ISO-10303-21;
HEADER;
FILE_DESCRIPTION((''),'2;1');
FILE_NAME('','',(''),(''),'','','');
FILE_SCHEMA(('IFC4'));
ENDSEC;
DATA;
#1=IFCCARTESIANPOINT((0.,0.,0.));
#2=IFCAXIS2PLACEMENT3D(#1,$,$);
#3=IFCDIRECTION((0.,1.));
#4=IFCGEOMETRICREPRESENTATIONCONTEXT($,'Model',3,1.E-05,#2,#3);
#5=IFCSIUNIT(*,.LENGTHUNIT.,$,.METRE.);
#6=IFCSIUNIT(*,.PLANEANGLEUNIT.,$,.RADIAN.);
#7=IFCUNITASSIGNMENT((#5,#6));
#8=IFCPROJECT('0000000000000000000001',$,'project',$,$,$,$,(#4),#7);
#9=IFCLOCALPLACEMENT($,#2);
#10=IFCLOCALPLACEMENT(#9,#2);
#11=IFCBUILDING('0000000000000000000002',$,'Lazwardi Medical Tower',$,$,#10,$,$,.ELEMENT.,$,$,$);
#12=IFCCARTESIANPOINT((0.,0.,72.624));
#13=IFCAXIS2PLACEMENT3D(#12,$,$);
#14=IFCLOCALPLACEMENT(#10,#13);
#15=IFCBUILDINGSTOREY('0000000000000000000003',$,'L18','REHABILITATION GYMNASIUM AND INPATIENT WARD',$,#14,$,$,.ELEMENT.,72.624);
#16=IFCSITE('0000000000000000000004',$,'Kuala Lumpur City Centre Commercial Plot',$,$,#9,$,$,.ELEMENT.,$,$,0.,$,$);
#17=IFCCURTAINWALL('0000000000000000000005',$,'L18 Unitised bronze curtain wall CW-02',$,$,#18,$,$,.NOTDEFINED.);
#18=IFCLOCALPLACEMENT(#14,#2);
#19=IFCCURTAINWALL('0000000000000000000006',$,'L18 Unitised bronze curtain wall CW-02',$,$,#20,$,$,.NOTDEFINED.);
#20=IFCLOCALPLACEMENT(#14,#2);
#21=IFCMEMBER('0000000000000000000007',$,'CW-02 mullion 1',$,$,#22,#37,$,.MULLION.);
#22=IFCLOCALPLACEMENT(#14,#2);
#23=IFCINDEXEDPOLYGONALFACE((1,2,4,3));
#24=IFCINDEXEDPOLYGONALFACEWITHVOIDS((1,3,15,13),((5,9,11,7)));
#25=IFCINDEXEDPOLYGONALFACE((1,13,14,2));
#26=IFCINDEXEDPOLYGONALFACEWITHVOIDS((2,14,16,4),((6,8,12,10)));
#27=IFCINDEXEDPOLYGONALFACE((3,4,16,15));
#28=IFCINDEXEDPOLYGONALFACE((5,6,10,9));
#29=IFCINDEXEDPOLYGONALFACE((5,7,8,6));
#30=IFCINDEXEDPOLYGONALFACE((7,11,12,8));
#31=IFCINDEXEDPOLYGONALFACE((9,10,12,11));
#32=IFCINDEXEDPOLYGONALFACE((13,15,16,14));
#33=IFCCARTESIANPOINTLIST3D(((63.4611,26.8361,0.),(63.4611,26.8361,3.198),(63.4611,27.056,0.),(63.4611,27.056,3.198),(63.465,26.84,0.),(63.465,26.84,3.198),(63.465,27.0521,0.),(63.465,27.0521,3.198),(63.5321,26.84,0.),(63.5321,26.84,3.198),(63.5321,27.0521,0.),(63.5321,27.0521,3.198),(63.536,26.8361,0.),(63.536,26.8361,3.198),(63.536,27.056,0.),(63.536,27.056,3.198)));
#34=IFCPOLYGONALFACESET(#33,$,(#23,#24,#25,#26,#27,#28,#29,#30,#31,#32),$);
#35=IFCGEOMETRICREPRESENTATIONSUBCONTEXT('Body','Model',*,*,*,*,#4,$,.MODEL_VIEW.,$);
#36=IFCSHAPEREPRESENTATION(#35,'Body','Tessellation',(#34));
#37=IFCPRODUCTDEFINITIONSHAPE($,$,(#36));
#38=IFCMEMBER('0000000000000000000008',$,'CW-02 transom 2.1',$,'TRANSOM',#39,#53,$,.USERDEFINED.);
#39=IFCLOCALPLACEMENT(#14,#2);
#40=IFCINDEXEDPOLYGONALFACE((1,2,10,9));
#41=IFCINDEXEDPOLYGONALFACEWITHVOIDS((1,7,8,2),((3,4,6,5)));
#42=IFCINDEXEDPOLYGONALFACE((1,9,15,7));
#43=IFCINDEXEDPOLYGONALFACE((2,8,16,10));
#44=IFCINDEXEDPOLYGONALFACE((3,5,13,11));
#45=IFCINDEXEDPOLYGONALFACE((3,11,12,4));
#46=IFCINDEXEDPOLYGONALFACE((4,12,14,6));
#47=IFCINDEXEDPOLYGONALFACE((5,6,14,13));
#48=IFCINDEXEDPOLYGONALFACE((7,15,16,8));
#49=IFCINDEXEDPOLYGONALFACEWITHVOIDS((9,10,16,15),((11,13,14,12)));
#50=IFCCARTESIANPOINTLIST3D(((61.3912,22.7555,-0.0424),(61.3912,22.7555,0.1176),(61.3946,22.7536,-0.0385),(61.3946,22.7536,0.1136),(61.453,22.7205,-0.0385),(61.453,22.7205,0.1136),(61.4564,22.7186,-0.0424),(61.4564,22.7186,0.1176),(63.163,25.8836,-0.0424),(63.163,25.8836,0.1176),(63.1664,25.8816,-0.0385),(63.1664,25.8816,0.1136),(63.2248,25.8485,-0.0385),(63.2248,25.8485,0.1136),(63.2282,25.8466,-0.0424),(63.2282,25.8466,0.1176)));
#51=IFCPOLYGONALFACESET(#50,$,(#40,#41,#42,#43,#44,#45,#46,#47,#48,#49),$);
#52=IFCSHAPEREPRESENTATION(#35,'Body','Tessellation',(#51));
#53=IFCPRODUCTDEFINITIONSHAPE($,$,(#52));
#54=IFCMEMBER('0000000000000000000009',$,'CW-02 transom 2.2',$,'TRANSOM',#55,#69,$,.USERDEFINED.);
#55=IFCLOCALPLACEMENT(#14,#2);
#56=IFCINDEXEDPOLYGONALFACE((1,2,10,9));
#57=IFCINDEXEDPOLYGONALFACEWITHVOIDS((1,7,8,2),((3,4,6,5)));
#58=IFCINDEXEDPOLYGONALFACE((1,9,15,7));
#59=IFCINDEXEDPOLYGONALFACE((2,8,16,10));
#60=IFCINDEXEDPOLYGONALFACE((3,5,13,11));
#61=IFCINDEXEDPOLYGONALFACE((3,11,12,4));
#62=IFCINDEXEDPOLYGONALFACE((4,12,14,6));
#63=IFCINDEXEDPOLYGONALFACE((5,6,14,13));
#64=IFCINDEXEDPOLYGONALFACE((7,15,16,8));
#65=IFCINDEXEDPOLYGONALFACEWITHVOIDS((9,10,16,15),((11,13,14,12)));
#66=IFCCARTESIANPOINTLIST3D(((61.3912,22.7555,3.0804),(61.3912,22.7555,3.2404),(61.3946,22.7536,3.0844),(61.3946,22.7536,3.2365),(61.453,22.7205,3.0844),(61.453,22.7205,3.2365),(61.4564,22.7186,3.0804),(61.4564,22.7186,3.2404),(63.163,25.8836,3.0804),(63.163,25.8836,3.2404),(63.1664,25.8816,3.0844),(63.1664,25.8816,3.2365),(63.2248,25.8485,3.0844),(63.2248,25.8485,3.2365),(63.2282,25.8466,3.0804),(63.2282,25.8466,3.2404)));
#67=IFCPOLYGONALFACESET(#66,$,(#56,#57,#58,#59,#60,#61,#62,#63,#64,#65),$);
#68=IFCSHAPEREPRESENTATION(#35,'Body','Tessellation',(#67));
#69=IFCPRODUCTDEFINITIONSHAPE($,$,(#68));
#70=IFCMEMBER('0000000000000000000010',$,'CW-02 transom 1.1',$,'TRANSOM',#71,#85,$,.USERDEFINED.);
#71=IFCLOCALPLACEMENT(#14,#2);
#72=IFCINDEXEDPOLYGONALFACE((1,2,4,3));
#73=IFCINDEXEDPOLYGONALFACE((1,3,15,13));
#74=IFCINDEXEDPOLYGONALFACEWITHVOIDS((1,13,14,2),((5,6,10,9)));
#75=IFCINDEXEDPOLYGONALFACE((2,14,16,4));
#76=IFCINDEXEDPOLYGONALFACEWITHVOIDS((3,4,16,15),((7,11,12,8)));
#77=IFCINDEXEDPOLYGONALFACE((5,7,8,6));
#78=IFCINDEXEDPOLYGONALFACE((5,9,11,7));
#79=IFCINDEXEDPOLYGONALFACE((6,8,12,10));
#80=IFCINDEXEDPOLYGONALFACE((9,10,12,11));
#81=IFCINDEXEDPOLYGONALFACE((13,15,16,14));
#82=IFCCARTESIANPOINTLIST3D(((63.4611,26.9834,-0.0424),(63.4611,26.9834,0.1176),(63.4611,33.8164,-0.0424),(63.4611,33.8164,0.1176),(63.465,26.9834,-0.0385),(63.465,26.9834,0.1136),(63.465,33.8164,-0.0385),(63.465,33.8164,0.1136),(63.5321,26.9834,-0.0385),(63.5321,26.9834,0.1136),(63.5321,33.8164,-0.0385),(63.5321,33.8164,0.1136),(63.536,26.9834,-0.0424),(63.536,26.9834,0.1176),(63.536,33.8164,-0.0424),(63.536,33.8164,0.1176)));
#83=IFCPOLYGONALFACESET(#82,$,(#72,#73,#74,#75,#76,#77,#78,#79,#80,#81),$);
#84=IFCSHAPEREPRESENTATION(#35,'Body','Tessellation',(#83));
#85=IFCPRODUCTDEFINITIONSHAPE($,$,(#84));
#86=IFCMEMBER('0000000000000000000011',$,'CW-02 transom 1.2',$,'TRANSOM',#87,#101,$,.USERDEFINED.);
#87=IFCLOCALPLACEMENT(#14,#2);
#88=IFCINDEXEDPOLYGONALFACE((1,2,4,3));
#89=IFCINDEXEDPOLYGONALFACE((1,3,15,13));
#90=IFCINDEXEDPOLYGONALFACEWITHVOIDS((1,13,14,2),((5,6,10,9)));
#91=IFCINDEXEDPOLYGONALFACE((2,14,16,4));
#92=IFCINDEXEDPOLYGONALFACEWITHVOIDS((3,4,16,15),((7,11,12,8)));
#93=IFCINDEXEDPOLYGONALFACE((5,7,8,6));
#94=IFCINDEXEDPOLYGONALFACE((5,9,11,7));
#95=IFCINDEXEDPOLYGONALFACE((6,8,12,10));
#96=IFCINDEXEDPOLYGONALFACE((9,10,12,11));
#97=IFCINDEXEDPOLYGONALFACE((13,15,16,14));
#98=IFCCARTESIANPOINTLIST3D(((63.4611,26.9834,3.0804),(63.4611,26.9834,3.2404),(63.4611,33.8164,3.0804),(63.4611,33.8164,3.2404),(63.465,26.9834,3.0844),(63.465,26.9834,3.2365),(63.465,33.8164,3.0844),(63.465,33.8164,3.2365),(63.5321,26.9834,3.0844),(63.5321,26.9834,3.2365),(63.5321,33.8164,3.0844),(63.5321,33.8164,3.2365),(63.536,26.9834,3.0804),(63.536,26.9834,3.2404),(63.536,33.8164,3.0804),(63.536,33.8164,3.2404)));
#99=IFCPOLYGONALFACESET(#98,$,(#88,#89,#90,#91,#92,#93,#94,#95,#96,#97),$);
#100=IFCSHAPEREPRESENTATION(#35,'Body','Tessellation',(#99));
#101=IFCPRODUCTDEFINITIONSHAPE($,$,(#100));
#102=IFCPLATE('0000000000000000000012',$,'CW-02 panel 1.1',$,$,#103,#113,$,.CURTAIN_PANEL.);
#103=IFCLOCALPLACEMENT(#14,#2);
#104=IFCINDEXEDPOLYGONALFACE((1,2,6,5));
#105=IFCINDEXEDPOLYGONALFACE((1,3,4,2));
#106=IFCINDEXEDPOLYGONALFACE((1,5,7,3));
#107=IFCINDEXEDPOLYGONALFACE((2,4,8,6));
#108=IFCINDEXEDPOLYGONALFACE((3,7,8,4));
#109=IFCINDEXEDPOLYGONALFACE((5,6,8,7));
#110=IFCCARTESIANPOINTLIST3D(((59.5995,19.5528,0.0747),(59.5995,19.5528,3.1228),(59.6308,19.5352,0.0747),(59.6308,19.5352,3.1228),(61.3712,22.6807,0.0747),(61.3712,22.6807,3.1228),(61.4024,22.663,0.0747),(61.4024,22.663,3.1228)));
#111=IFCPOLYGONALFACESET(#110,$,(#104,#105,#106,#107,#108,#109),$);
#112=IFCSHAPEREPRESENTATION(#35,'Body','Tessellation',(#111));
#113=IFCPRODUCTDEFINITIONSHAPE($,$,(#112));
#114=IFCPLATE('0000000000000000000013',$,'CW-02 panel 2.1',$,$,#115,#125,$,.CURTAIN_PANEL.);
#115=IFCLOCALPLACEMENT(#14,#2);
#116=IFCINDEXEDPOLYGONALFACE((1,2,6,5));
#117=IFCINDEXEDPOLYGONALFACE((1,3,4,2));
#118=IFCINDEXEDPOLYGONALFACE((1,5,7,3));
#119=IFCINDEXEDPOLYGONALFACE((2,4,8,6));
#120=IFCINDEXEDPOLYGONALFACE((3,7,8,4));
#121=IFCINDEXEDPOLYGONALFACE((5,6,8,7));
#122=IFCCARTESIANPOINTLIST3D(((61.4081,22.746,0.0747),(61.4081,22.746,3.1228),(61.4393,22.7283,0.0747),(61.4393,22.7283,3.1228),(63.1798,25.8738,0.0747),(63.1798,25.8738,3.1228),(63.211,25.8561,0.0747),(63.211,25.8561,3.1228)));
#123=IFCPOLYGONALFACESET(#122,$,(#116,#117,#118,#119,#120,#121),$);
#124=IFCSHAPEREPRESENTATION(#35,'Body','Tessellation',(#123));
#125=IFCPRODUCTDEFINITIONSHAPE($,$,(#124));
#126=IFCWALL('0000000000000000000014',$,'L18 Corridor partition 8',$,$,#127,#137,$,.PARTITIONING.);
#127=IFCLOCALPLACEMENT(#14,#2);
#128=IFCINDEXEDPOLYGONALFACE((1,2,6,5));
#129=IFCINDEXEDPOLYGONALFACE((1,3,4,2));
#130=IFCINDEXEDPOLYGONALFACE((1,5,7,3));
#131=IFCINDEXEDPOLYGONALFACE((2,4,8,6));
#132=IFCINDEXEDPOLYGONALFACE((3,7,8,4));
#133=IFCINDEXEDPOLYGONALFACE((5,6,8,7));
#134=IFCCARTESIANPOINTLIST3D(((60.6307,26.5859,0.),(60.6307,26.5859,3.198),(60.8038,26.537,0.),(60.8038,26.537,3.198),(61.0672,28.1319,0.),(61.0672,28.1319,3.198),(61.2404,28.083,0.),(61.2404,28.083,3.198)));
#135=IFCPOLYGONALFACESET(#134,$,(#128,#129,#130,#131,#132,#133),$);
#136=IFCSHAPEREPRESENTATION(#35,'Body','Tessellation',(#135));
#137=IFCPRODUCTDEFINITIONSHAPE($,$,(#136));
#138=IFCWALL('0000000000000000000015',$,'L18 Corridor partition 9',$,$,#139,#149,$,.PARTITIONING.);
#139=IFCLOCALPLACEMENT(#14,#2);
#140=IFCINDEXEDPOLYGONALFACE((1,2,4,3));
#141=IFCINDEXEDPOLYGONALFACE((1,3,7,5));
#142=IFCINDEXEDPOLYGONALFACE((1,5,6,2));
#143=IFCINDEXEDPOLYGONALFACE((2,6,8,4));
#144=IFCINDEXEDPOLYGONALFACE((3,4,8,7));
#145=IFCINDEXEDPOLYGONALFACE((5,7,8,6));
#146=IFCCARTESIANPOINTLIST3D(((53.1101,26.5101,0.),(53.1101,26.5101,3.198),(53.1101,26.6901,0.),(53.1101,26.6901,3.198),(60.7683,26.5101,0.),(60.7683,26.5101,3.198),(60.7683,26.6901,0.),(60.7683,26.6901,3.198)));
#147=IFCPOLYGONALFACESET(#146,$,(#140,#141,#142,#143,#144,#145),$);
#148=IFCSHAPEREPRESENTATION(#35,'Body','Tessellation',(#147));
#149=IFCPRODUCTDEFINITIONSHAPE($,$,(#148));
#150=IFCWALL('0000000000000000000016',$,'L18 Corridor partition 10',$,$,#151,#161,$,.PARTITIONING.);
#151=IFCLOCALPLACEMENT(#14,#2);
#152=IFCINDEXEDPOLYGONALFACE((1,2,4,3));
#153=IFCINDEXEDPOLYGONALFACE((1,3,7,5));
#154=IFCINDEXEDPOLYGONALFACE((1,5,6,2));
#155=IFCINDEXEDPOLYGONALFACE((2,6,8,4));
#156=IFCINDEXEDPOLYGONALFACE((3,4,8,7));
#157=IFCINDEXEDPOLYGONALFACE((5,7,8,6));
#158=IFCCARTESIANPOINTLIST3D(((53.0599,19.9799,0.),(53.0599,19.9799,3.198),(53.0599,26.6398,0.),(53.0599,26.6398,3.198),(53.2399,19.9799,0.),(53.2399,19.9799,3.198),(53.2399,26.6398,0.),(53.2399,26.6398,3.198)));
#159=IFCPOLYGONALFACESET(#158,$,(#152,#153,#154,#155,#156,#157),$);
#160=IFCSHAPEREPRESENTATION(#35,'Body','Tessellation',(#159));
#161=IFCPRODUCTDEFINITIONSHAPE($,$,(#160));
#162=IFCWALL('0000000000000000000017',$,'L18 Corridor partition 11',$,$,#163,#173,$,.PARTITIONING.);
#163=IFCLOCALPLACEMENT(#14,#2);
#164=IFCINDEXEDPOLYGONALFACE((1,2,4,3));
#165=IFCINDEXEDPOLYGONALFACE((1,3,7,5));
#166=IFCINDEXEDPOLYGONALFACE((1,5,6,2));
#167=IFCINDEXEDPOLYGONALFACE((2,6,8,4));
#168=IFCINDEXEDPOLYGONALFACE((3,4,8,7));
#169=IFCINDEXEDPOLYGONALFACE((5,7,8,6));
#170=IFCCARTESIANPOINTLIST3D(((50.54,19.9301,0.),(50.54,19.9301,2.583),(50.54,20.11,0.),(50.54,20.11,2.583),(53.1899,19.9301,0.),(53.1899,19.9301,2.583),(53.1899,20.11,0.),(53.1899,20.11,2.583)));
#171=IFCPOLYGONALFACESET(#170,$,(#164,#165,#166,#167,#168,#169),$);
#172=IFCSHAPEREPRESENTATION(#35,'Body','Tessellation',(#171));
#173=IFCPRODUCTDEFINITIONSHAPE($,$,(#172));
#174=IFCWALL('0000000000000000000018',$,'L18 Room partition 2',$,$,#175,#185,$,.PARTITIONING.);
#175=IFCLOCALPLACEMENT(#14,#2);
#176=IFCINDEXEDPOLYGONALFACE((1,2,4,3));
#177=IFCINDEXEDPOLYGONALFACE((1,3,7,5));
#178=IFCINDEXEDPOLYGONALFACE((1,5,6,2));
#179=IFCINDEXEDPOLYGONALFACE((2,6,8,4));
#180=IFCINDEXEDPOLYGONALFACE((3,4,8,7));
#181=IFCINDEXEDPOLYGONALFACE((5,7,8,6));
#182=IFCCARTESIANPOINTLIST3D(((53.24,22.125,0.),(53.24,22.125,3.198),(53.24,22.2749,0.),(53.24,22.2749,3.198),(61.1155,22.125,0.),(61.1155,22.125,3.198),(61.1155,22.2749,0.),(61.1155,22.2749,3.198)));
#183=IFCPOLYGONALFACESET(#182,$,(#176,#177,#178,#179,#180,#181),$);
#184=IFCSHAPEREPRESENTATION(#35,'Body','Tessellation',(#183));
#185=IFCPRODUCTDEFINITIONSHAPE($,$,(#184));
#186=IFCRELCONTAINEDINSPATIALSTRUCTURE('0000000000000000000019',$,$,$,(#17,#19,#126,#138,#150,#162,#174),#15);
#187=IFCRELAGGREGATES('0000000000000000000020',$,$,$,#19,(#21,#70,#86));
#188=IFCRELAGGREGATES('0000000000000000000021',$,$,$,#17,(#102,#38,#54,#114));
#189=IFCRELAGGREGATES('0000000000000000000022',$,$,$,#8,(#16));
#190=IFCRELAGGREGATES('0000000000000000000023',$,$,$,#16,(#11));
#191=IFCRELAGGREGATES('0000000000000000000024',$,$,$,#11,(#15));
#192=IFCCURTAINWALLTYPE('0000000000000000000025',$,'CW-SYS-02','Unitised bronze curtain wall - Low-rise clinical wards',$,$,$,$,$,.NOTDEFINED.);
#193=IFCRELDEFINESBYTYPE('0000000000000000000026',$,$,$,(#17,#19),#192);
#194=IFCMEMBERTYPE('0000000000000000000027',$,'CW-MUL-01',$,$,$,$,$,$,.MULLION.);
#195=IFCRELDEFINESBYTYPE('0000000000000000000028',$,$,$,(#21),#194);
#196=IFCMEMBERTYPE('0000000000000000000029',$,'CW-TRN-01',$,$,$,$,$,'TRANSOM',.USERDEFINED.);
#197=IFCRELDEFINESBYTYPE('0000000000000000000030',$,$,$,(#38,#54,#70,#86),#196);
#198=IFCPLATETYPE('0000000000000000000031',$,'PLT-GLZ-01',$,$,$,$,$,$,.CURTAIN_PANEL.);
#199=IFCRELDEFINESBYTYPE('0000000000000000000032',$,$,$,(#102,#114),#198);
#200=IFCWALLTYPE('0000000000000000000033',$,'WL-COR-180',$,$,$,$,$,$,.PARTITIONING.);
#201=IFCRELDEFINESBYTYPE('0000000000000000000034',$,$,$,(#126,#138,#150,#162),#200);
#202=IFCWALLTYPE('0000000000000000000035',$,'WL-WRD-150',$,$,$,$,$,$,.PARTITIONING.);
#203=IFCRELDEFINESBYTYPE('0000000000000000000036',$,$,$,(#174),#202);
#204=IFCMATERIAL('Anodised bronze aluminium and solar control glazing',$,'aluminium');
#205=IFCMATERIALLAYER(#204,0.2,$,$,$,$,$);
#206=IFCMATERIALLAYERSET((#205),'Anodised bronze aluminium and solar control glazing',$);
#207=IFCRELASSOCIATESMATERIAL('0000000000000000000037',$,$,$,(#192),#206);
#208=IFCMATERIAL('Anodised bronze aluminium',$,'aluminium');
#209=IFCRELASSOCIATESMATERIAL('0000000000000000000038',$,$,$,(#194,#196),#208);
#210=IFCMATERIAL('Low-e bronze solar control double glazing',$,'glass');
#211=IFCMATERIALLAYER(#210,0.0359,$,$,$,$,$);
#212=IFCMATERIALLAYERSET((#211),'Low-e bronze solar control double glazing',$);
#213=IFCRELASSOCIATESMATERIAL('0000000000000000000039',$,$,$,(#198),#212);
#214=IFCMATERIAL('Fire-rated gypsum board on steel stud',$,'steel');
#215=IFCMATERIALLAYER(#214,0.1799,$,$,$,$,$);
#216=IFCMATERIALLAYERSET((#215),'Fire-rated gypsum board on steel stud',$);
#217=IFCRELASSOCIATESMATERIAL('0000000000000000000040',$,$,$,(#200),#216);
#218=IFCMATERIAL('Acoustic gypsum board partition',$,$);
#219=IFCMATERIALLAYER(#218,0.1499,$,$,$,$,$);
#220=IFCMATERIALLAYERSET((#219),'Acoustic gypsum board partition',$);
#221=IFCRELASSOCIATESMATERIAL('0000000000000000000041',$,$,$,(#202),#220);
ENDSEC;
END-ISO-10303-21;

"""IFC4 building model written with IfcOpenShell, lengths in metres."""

from ifc_helpers import new_model, si_unit, direction, frame, frame_2d, origin, origin_2d, place, context, subcontext, project, spatial, rectangle, hollow_rectangle, extrude, material, layer, layer_set, material_profile, profile_set, type_object, element, aggregate, save


model = new_model("IFC4")

# Units and contexts
model_context = context("Model", 3, precision=1e-05, world=origin(), true_north=direction((0.0, 1.0)))
body_context = subcontext(model_context, "Body", "Model", "MODEL_VIEW")
ifc_project = project(units=[si_unit("LENGTHUNIT", "METRE"), si_unit("PLANEANGLEUNIT", "RADIAN")], contexts=[model_context])

# Site, building, storey
site_placement = place(None, origin())
site = spatial("IfcSite", under=ifc_project, at=site_placement, Name="Kuala Lumpur City Centre Commercial Plot", CompositionType="ELEMENT", RefElevation=0.0)
building_placement = place(site_placement, origin())
building = spatial("IfcBuilding", under=site, at=building_placement, Name="Lazwardi Medical Tower", CompositionType="ELEMENT")
storey_placement = place(building_placement, frame((0.0, 0.0, 72.624)))
storey = spatial("IfcBuildingStorey", under=building, at=storey_placement, Name="L18", Description="REHABILITATION GYMNASIUM AND INPATIENT WARD", CompositionType="ELEMENT", Elevation=72.624)

# Curtain wall
ifc_material_1 = material(Name="Anodised bronze aluminium and solar control glazing", Category="aluminium")
ifc_layer_1 = layer(ifc_material_1, 0.2)
ifc_layer_set_1 = layer_set([ifc_layer_1], Name="Anodised bronze aluminium and solar control glazing")
curtain_wall_type = type_object("IfcCurtainWallType", Name="CW-SYS-02", Description="Unitised bronze curtain wall - Low-rise clinical wards", PredefinedType="NOTDEFINED", material=ifc_layer_set_1)
curtain_wall_1_placement = place(storey_placement, origin())
curtain_wall_1 = element("IfcCurtainWall", 1, at=curtain_wall_1_placement, inside=storey, type_object=curtain_wall_type, Name="L18 Unitised bronze curtain wall CW-02", PredefinedType="NOTDEFINED")
ifc_material_2 = material(Name="Anodised bronze aluminium", Category="aluminium")
ifc_material_profile_1 = material_profile(ifc_material_2, hollow_rectangle(XDim=0.075, YDim=0.22, WallThickness=0.0039, at=origin_2d()), Name="ALU-MULLION 220x75x4")
ifc_profile_set_1 = profile_set([ifc_material_profile_1], Name="Anodised bronze aluminium")
member_type_1 = type_object("IfcMemberType", Name="CW-MUL-01", PredefinedType="MULLION", material=ifc_profile_set_1)

# Curtain wall, member
curtain_wall_2_placement = place(storey_placement, origin())
curtain_wall_2 = element("IfcCurtainWall", 2, at=curtain_wall_2_placement, inside=storey, type_object=curtain_wall_type, Name="L18 Unitised bronze curtain wall CW-02", PredefinedType="NOTDEFINED")
member_1_placement = place(storey_placement, frame((63.4985, 26.946, 0.0), z_axis=(0.0, 0.0, 1.0), x_axis=(-1.0, 0.0, 0.0)))
member_1 = element("IfcMember", 3, at=member_1_placement, type_object=member_type_1, Name="CW-02 mullion 1", PredefinedType="MULLION", context=body_context, shape_type="SweptSolid", body=[
    extrude(hollow_rectangle(XDim=0.075, YDim=0.22, WallThickness=0.0039, at=origin_2d()), origin(), (0.0, 0.0, 1.0), 3.198),
])

# Members
ifc_material_profile_2 = material_profile(ifc_material_2, hollow_rectangle(XDim=0.075, YDim=0.1599, WallThickness=0.0039, at=origin_2d()), Name="ALU-TRANSOM 160x75x4")
ifc_profile_set_2 = profile_set([ifc_material_profile_2], Name="Anodised bronze aluminium")
member_type_2 = type_object("IfcMemberType", Name="CW-TRN-01", ElementType="TRANSOM", PredefinedType="USERDEFINED", material=ifc_profile_set_2)
member_2_placement = place(storey_placement, frame((61.4238, 22.7371, 0.0376), z_axis=(0.492851, 0.870113, 0.0), x_axis=(-0.870113, 0.492851, 0.0)))
member_2 = element("IfcMember", 4, at=member_2_placement, type_object=member_type_2, Name="CW-02 transom 2.1", ObjectType="TRANSOM", PredefinedType="USERDEFINED", context=body_context, shape_type="SweptSolid", body=[
    extrude(hollow_rectangle(XDim=0.075, YDim=0.1599, WallThickness=0.0039, at=origin_2d()), origin(), (0.0, 0.0, 1.0), 3.595),
])
member_3_placement = place(storey_placement, frame((61.4238, 22.7371, 3.1604), z_axis=(0.492851, 0.870113, 0.0), x_axis=(-0.870113, 0.492851, 0.0)))
member_3 = element("IfcMember", 5, at=member_3_placement, type_object=member_type_2, Name="CW-02 transom 2.2", ObjectType="TRANSOM", PredefinedType="USERDEFINED", context=body_context, shape_type="SweptSolid", body=[
    extrude(hollow_rectangle(XDim=0.075, YDim=0.1599, WallThickness=0.0039, at=origin_2d()), origin(), (0.0, 0.0, 1.0), 3.595),
])
member_4_placement = place(storey_placement, frame((63.4985, 26.9834, 0.0376), z_axis=(0.0, 1.0, 0.0), x_axis=(-1.0, 0.0, 0.0)))
member_4 = element("IfcMember", 6, at=member_4_placement, type_object=member_type_2, Name="CW-02 transom 1.1", ObjectType="TRANSOM", PredefinedType="USERDEFINED", context=body_context, shape_type="SweptSolid", body=[
    extrude(hollow_rectangle(XDim=0.075, YDim=0.1599, WallThickness=0.0039, at=origin_2d()), origin(), (0.0, 0.0, 1.0), 6.833),
])
member_5_placement = place(storey_placement, frame((63.4985, 26.9834, 3.1604), z_axis=(0.0, 1.0, 0.0), x_axis=(-1.0, 0.0, 0.0)))
member_5 = element("IfcMember", 7, at=member_5_placement, type_object=member_type_2, Name="CW-02 transom 1.2", ObjectType="TRANSOM", PredefinedType="USERDEFINED", context=body_context, shape_type="SweptSolid", body=[
    extrude(hollow_rectangle(XDim=0.075, YDim=0.1599, WallThickness=0.0039, at=origin_2d()), origin(), (0.0, 0.0, 1.0), 6.833),
])
aggregate(curtain_wall_2, [member_1, member_4, member_5])

# Plates
ifc_material_3 = material(Name="Low-e bronze solar control double glazing", Category="glass")
ifc_layer_2 = layer(ifc_material_3, 0.0359)
ifc_layer_set_2 = layer_set([ifc_layer_2], Name="Low-e bronze solar control double glazing")
plate_type = type_object("IfcPlateType", Name="PLT-GLZ-01", PredefinedType="CURTAIN_PANEL", material=ifc_layer_set_2)
plate_1_placement = place(storey_placement, frame((60.501, 21.1079, 0.0747), z_axis=(0.0, 0.0, 1.0), x_axis=(0.492854, 0.870112, 0.0)))
plate_1 = element("IfcPlate", 8, at=plate_1_placement, type_object=plate_type, Name="CW-02 panel 1.1", PredefinedType="CURTAIN_PANEL", context=body_context, shape_type="SweptSolid", body=[
    extrude(rectangle(XDim=3.5947, YDim=0.0359, at=origin_2d()), origin(), (0.0, 0.0, 1.0), 3.0481),
])
plate_2_placement = place(storey_placement, frame((62.3096, 24.301, 0.0747), z_axis=(0.0, 0.0, 1.0), x_axis=(0.492854, 0.870112, 0.0)))
plate_2 = element("IfcPlate", 9, at=plate_2_placement, type_object=plate_type, Name="CW-02 panel 2.1", PredefinedType="CURTAIN_PANEL", context=body_context, shape_type="SweptSolid", body=[
    extrude(rectangle(XDim=3.5947, YDim=0.0359, at=origin_2d()), origin(), (0.0, 0.0, 1.0), 3.0481),
])
aggregate(curtain_wall_1, [plate_1, member_2, member_3, plate_2])

# Walls
ifc_material_4 = material(Name="Fire-rated gypsum board on steel stud", Category="steel")
ifc_layer_3 = layer(ifc_material_4, 0.1799)
ifc_layer_set_3 = layer_set([ifc_layer_3], Name="Fire-rated gypsum board on steel stud")
wall_type_1 = type_object("IfcWallType", Name="WL-COR-180", PredefinedType="PARTITIONING", material=ifc_layer_set_3)
wall_1_placement = place(storey_placement, frame((61.1538, 28.1074, 0.0), z_axis=(0.0, 0.0, 1.0), x_axis=(-0.271749, -0.962368, 0.0)))
element("IfcWall", 10, at=wall_1_placement, inside=storey, type_object=wall_type_1, Name="L18 Corridor partition 8", PredefinedType="PARTITIONING", context=body_context, shape_type="SweptSolid", body=[
    extrude(rectangle(XDim=1.6064, YDim=0.1799, at=frame_2d((0.8032, 0.0))), origin(), (0.0, 0.0, 1.0), 3.198),
])
wall_2_placement = place(storey_placement, frame((60.7683, 26.6001, 0.0), z_axis=(0.0, 0.0, 1.0), x_axis=(-1.0, 0.0, 0.0)))
element("IfcWall", 11, at=wall_2_placement, inside=storey, type_object=wall_type_1, Name="L18 Corridor partition 9", PredefinedType="PARTITIONING", context=body_context, shape_type="SweptSolid", body=[
    extrude(rectangle(XDim=7.6582, YDim=0.1799, at=frame_2d((3.8291, 0.0))), origin(), (0.0, 0.0, 1.0), 3.198),
])
wall_3_placement = place(storey_placement, frame((53.1499, 26.6399, 0.0), z_axis=(0.0, 0.0, 1.0), x_axis=(0.0, -1.0, 0.0)))
element("IfcWall", 12, at=wall_3_placement, inside=storey, type_object=wall_type_1, Name="L18 Corridor partition 10", PredefinedType="PARTITIONING", context=body_context, shape_type="SweptSolid", body=[
    extrude(rectangle(XDim=6.6599, YDim=0.1799, at=frame_2d((3.3301, 0.0))), origin(), (0.0, 0.0, 1.0), 3.198),
])
wall_4_placement = place(storey_placement, frame((53.1899, 20.02, 0.0), z_axis=(0.0, 0.0, 1.0), x_axis=(-1.0, 0.0, 0.0)))
element("IfcWall", 13, at=wall_4_placement, inside=storey, type_object=wall_type_1, Name="L18 Corridor partition 11", PredefinedType="PARTITIONING", context=body_context, shape_type="SweptSolid", body=[
    extrude(rectangle(XDim=2.6499, YDim=0.1799, at=frame_2d((1.325, 0.0))), origin(), (0.0, 0.0, 1.0), 2.583),
])
ifc_material_5 = material(Name="Acoustic gypsum board partition")
ifc_layer_4 = layer(ifc_material_5, 0.1499)
ifc_layer_set_4 = layer_set([ifc_layer_4], Name="Acoustic gypsum board partition")
wall_type_2 = type_object("IfcWallType", Name="WL-WRD-150", PredefinedType="PARTITIONING", material=ifc_layer_set_4)
wall_5_placement = place(storey_placement, frame((53.24, 22.2, 0.0), z_axis=(0.0, 0.0, 1.0), x_axis=(1.0, 0.0, 0.0)))
element("IfcWall", 14, at=wall_5_placement, inside=storey, type_object=wall_type_2, Name="L18 Room partition 2", PredefinedType="PARTITIONING", context=body_context, shape_type="SweptSolid", body=[
    extrude(rectangle(XDim=7.8755, YDim=0.1499, at=frame_2d((3.9377, 0.0))), origin(), (0.0, 0.0, 1.0), 3.198),
])

save(model, "model.ifc")
